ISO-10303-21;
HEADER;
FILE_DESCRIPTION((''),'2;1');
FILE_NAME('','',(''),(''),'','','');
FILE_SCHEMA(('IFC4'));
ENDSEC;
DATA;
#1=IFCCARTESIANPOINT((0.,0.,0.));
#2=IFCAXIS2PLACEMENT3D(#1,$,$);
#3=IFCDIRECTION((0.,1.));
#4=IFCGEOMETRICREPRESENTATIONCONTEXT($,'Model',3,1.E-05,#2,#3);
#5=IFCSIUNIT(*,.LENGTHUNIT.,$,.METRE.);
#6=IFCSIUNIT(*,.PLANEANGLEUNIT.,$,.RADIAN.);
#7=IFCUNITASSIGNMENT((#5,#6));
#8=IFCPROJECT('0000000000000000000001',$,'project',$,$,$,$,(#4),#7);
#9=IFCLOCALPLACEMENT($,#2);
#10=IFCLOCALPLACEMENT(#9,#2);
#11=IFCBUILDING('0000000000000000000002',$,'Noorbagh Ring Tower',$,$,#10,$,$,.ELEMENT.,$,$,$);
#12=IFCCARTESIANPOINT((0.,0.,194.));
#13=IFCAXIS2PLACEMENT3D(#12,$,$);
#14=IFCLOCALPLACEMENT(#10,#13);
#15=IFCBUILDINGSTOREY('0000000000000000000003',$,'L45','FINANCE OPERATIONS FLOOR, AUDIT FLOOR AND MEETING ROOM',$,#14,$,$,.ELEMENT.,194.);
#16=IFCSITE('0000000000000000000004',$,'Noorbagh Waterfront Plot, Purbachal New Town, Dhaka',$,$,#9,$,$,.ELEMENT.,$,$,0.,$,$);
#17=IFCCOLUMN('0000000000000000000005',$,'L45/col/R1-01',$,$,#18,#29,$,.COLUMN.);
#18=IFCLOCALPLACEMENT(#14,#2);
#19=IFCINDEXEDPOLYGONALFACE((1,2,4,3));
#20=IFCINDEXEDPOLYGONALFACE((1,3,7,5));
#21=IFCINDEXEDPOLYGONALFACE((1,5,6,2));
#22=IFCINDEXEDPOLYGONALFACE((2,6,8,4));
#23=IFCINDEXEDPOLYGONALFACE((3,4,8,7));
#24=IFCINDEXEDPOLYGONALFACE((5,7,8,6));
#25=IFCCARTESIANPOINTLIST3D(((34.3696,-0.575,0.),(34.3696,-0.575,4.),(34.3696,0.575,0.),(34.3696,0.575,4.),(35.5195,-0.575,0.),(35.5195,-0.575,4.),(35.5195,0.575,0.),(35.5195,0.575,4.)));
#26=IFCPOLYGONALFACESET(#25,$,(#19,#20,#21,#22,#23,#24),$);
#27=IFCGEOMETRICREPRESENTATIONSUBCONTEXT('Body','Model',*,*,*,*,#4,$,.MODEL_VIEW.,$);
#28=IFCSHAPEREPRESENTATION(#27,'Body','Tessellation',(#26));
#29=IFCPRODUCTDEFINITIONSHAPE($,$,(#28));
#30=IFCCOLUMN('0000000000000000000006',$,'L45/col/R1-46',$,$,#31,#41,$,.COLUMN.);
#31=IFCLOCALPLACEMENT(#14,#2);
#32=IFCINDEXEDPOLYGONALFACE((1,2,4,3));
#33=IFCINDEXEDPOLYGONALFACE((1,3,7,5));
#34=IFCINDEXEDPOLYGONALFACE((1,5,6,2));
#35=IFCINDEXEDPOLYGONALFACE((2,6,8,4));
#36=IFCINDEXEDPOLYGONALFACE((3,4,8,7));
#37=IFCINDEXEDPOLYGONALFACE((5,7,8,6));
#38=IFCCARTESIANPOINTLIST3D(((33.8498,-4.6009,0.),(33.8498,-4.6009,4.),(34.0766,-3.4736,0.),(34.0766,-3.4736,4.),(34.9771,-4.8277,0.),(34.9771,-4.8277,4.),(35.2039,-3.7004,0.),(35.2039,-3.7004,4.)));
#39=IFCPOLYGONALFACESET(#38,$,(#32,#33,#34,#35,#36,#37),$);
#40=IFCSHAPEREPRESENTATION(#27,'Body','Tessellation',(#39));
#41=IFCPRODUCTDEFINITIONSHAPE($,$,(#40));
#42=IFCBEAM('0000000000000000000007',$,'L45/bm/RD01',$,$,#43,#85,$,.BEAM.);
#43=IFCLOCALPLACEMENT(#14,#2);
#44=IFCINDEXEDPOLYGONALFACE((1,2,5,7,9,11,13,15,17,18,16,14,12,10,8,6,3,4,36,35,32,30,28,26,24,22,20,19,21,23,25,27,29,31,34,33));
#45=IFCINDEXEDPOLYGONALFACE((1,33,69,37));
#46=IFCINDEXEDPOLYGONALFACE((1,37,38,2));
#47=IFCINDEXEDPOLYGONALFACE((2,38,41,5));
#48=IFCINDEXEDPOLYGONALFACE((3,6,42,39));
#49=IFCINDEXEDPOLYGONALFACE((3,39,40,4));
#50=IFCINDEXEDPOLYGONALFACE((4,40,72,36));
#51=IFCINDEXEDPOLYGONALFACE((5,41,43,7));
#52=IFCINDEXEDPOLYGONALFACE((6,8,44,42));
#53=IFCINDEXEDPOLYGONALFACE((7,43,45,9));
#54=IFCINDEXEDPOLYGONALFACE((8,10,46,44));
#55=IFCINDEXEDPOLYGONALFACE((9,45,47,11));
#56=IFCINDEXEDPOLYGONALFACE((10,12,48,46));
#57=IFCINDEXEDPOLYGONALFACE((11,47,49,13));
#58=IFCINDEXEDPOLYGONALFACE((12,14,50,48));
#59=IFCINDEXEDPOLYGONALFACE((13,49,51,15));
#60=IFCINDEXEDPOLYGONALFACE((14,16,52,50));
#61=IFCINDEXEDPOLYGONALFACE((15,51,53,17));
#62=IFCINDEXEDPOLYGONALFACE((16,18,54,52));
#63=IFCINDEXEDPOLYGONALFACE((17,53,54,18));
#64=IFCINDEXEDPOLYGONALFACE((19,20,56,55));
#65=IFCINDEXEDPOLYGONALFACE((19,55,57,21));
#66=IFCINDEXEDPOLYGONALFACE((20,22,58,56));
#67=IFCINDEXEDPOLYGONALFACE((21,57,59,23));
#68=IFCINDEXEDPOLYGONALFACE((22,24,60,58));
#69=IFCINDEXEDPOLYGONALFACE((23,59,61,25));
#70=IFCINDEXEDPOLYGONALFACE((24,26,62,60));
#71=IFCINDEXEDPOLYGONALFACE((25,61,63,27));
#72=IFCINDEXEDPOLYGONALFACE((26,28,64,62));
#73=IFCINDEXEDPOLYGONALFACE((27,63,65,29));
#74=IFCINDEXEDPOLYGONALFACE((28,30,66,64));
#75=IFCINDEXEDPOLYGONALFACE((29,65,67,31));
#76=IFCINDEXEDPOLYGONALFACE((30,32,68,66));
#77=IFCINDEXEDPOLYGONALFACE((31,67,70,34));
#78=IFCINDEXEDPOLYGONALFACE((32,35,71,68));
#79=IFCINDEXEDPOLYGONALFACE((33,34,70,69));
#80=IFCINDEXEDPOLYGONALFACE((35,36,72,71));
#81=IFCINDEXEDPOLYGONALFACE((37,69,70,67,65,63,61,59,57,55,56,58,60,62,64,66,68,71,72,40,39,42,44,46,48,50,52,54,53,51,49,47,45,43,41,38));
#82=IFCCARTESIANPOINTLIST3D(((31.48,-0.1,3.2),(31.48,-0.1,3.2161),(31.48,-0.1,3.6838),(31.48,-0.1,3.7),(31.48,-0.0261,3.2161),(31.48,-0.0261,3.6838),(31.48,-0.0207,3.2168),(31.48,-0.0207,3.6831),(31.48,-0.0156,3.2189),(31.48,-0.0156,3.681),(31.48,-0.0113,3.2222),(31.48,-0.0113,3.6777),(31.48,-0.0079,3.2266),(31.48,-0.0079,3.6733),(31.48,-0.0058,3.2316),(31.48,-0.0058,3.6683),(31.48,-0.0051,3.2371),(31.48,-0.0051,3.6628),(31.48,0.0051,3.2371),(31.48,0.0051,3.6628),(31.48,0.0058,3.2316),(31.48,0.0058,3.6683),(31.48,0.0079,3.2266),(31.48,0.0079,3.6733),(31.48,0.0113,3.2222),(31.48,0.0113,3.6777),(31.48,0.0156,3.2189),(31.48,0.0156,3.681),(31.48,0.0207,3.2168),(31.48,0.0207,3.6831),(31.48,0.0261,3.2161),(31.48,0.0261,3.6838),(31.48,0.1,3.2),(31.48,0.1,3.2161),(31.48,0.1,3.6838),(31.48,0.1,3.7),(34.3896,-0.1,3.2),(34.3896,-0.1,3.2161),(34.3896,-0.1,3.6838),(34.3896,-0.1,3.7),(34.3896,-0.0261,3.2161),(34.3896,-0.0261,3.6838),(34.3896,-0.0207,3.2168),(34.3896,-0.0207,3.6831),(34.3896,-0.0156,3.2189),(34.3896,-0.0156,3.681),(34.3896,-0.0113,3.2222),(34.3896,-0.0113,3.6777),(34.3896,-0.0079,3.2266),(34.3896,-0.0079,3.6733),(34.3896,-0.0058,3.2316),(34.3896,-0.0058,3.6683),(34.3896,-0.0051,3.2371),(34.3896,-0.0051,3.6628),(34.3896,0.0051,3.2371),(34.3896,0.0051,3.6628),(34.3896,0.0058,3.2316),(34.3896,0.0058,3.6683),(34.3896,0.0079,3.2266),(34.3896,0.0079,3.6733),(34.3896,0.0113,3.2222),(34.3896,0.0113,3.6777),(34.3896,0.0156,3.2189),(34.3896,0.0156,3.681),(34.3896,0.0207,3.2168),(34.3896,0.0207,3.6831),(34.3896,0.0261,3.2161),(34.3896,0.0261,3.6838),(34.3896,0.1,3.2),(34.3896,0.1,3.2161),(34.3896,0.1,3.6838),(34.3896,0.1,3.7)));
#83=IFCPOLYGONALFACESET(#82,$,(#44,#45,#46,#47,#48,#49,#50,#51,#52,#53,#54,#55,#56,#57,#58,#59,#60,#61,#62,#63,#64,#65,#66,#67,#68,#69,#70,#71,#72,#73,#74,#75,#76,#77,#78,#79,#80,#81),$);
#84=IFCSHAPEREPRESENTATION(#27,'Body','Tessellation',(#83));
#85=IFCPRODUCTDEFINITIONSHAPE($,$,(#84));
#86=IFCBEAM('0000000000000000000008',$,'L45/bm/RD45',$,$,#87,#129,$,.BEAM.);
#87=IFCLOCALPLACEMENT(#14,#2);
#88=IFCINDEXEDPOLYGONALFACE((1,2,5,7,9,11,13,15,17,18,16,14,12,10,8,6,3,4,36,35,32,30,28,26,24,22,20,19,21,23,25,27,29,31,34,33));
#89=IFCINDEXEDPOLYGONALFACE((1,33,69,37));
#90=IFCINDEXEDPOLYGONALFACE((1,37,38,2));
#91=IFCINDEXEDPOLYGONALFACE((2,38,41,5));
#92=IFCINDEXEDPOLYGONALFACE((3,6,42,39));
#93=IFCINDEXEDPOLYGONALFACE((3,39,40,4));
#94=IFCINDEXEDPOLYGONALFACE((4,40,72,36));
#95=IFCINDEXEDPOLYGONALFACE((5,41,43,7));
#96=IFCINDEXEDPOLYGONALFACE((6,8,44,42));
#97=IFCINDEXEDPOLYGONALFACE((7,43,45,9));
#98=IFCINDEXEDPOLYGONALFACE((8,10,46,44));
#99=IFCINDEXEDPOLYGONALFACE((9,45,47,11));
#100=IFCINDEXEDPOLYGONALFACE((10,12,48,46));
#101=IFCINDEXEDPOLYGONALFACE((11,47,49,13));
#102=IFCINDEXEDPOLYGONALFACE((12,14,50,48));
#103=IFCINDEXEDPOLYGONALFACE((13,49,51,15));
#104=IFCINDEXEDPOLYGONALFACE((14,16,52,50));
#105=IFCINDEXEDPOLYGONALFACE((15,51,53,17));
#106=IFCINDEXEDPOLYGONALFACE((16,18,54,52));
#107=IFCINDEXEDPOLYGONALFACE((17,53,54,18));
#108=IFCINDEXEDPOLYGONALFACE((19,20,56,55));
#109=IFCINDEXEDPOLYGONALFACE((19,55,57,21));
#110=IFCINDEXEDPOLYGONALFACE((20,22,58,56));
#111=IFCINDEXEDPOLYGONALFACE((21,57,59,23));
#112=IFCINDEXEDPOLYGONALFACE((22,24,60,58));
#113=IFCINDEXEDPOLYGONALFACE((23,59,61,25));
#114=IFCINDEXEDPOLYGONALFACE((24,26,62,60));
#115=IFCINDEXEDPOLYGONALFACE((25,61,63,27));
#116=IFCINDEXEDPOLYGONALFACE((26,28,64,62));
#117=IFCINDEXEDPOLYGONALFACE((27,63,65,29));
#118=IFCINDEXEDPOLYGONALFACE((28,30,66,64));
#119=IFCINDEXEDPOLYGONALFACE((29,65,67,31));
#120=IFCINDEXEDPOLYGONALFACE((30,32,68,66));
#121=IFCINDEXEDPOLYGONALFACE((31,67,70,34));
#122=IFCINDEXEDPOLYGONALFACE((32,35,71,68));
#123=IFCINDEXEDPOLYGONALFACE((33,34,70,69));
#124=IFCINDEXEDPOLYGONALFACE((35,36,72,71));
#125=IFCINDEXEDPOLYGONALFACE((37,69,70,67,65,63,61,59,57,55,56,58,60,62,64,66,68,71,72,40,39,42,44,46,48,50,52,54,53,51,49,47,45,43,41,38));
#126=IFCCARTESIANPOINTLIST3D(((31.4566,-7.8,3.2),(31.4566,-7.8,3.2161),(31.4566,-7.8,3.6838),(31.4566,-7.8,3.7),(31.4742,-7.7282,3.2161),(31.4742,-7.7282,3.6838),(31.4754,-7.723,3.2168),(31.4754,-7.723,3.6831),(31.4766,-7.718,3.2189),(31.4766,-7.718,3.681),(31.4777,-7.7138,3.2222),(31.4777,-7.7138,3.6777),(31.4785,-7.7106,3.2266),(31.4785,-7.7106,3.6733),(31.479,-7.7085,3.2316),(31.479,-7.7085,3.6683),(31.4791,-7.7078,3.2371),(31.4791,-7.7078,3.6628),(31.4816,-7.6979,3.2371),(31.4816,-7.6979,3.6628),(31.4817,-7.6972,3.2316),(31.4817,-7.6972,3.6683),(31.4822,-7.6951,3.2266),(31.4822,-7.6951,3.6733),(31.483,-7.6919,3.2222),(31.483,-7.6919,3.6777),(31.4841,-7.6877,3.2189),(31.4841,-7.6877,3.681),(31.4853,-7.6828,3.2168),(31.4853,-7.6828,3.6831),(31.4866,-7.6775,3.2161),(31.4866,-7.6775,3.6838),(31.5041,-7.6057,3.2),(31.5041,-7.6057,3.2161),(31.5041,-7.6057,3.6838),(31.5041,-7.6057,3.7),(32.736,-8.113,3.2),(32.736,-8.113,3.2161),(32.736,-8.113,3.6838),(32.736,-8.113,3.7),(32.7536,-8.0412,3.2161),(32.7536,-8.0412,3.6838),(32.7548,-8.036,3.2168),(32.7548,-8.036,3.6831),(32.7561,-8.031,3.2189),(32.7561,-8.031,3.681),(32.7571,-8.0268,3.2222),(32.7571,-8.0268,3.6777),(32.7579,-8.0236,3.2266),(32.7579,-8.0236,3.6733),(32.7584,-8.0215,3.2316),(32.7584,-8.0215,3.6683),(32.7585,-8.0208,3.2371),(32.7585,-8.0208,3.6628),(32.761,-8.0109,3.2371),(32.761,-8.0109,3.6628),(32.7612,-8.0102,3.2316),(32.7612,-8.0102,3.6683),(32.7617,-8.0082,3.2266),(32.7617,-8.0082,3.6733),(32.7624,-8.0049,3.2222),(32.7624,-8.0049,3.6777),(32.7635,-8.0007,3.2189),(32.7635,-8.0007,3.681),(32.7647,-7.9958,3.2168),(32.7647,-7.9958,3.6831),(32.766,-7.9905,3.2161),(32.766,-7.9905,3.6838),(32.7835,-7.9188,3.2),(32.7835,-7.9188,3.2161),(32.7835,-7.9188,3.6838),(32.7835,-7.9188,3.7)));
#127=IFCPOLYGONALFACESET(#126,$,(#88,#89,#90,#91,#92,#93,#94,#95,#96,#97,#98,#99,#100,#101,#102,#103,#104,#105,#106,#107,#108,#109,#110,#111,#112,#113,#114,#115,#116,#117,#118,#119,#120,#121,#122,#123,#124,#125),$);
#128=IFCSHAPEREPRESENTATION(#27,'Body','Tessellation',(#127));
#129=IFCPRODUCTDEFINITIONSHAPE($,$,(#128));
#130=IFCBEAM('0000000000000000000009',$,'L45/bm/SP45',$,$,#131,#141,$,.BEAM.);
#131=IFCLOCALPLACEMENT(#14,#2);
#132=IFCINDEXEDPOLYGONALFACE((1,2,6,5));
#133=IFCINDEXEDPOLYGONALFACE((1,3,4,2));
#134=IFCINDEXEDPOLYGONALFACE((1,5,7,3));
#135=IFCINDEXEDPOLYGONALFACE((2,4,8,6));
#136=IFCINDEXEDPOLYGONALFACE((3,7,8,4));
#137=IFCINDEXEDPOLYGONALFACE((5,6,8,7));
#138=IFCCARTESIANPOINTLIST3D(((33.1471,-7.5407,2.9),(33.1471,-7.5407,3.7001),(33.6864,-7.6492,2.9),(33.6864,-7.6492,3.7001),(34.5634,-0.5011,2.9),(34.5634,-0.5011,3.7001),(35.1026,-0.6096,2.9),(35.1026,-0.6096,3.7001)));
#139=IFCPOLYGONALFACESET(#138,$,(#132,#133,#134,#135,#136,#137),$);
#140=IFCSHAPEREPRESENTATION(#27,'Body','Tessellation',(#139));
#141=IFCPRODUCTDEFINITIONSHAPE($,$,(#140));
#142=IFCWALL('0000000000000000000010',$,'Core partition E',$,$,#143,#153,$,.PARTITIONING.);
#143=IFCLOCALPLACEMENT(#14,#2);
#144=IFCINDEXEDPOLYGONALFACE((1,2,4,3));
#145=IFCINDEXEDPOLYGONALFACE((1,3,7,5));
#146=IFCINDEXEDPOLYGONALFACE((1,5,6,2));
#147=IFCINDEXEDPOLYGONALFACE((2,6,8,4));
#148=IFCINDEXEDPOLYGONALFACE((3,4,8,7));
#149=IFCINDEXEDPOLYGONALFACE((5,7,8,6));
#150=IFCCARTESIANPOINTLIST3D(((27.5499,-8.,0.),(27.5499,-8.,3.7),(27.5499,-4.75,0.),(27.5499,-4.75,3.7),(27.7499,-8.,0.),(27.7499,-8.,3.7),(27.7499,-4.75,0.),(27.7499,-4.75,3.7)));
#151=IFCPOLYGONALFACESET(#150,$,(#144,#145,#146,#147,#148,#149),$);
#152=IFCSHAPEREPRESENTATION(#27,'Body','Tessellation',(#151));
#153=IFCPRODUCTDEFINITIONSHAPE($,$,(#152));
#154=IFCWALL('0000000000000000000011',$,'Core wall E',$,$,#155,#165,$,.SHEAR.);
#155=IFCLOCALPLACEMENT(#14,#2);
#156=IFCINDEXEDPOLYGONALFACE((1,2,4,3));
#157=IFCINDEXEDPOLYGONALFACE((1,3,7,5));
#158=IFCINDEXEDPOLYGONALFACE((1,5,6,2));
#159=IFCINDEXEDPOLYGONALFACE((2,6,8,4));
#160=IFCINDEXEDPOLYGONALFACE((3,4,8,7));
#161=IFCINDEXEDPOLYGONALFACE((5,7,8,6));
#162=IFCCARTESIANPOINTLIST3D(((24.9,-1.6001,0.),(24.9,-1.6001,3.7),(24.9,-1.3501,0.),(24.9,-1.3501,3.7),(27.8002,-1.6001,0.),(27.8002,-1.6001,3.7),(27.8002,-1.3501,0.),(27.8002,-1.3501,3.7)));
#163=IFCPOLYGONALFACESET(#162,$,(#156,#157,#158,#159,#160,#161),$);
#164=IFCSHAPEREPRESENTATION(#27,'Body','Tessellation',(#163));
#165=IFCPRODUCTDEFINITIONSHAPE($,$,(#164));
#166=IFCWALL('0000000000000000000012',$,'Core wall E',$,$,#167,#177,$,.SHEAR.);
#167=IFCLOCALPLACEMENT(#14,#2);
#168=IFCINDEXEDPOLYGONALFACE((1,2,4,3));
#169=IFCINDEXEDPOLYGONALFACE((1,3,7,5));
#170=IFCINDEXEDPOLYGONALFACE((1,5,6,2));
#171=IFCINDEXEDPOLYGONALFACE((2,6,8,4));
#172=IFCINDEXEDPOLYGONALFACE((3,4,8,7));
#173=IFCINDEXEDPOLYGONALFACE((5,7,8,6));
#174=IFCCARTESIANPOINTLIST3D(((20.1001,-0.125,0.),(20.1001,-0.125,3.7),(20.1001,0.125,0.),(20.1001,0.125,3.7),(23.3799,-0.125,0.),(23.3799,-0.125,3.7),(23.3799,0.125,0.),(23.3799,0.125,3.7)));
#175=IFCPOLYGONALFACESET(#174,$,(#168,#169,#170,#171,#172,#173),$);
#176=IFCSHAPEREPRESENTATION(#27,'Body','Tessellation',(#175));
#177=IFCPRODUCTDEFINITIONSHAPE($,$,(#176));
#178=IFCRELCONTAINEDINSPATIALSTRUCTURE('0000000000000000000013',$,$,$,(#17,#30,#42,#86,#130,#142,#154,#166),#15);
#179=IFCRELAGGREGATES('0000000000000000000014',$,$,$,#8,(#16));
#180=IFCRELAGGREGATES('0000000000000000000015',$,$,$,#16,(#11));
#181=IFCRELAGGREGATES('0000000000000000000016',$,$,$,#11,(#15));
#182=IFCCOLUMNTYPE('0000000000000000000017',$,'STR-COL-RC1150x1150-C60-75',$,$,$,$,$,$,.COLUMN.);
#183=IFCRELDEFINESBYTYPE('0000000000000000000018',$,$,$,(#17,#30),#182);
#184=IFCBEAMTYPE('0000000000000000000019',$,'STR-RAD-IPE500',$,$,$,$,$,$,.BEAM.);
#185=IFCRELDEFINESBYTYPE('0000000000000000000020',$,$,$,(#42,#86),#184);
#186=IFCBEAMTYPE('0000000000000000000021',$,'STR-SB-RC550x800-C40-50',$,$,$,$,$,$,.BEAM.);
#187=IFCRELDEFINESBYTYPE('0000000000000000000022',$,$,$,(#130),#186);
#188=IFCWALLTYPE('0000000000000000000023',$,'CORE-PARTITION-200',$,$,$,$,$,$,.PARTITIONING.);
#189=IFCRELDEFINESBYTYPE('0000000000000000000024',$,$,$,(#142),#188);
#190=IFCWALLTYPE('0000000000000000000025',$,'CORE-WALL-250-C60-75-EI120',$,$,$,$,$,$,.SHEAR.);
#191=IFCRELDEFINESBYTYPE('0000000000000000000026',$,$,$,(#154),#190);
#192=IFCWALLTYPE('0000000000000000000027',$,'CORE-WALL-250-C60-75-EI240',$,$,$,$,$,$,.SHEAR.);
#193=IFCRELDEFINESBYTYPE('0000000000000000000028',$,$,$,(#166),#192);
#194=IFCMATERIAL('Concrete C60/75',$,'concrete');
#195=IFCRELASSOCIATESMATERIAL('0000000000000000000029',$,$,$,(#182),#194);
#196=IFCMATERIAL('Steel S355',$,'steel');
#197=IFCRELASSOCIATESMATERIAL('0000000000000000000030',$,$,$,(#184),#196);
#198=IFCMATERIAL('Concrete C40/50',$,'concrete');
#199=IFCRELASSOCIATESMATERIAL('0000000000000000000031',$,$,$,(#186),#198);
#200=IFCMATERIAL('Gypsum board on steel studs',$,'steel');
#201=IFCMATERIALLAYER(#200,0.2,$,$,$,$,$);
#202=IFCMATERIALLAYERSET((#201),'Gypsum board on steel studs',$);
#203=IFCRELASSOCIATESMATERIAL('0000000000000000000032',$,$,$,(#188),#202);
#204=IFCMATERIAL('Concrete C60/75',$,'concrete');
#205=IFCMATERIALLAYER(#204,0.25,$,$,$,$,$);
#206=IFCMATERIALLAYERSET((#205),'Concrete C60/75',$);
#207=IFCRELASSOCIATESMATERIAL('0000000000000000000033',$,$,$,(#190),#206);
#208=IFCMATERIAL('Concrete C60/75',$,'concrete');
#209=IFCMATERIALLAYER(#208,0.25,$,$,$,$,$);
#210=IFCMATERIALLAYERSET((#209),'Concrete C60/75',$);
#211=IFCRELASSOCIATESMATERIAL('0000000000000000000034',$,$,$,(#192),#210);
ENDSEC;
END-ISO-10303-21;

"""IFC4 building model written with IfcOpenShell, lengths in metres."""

from ifc_helpers import new_model, si_unit, direction, frame, frame_2d, origin, origin_2d, place, context, subcontext, project, spatial, rectangle, i_section, extrude, material, layer, layer_set, material_profile, profile_set, type_object, element, save


model = new_model("IFC4")

# Units and contexts
model_context = context("Model", 3, precision=1e-05, world=origin(), true_north=direction((0.0, 1.0)))
body_context = subcontext(model_context, "Body", "Model", "MODEL_VIEW")
ifc_project = project(units=[si_unit("LENGTHUNIT", "METRE"), si_unit("PLANEANGLEUNIT", "RADIAN")], contexts=[model_context])

# Site, building, storey
site_placement = place(None, origin())
site = spatial("IfcSite", under=ifc_project, at=site_placement, Name="Noorbagh Waterfront Plot, Purbachal New Town, Dhaka", CompositionType="ELEMENT", RefElevation=0.0)
building_placement = place(site_placement, origin())
building = spatial("IfcBuilding", under=site, at=building_placement, Name="Noorbagh Ring Tower", CompositionType="ELEMENT")
storey_placement = place(building_placement, frame((0.0, 0.0, 194.0)))
storey = spatial("IfcBuildingStorey", under=building, at=storey_placement, Name="L45", Description="FINANCE OPERATIONS FLOOR, AUDIT FLOOR AND MEETING ROOM", CompositionType="ELEMENT", Elevation=194.0)

# Columns
ifc_material_1 = material(Name="Concrete C60/75", Category="concrete")
ifc_material_profile_1 = material_profile(ifc_material_1, rectangle(XDim=1.1499, YDim=1.1499, at=origin_2d()), Name="RC1150x1150")
ifc_profile_set_1 = profile_set([ifc_material_profile_1], Name="Concrete C60/75")
column_type = type_object("IfcColumnType", Name="STR-COL-RC1150x1150-C60-75", PredefinedType="COLUMN", material=ifc_profile_set_1)
for number, where, z_axis, x_axis, name in (
    (1, (34.9446, 0.0, 0.0), (0.0, 0.0, 1.0), (0.0, 1.0, 0.0), "L45/col/R1-01"),
    (2, (34.5269, -4.1506, 0.0), (0.0, 0.0, 1.0), (0.19723, 0.980357, 0.0), "L45/col/R1-46"),
):
    element("IfcColumn", number, at=place(storey_placement, frame(where, z_axis=z_axis, x_axis=x_axis)), inside=storey, type_object=column_type, Name=name, PredefinedType="COLUMN", context=body_context, shape_type="SweptSolid", body=[
        extrude(rectangle(XDim=1.1499, YDim=1.1499, at=origin_2d()), origin(), (0.0, 0.0, 1.0), 4.0),
    ])

# Beams
ifc_material_2 = material(Name="Steel S355", Category="steel")
ifc_material_profile_2 = material_profile(ifc_material_2, i_section(OverallWidth=0.2, OverallDepth=0.5, WebThickness=0.0103, FlangeThickness=0.0161, FilletRadius=0.021, at=origin_2d()), Name="IPE500")
ifc_profile_set_2 = profile_set([ifc_material_profile_2], Name="Steel S355")
beam_type_1 = type_object("IfcBeamType", Name="STR-RAD-IPE500", PredefinedType="BEAM", material=ifc_profile_set_2)
beam_1_placement = place(storey_placement, frame((34.3896, 0.0, 3.45), z_axis=(-1.0, 0.0, 0.0), x_axis=(0.0, -1.0, 0.0)))
element("IfcBeam", 3, at=beam_1_placement, inside=storey, type_object=beam_type_1, Name="L45/bm/RD01", PredefinedType="BEAM", context=body_context, shape_type="SweptSolid", body=[
    extrude(i_section(OverallWidth=0.2, OverallDepth=0.5, WebThickness=0.0103, FlangeThickness=0.0161, FilletRadius=0.021, at=origin_2d()), origin(), (0.0, 0.0, 1.0), 2.9097),
])
beam_2_placement = place(storey_placement, frame((32.7598, -8.0159, 3.45), z_axis=(-0.971351, 0.237647, 0.0), x_axis=(-0.237647, -0.971351, 0.0)))
element("IfcBeam", 4, at=beam_2_placement, inside=storey, type_object=beam_type_1, Name="L45/bm/RD45", PredefinedType="BEAM", context=body_context, shape_type="SweptSolid", body=[
    extrude(i_section(OverallWidth=0.2, OverallDepth=0.5, WebThickness=0.0103, FlangeThickness=0.0161, FilletRadius=0.021, at=origin_2d()), origin(), (0.0, 0.0, 1.0), 1.3171),
])
ifc_material_3 = material(Name="Concrete C40/50", Category="concrete")
ifc_material_profile_3 = material_profile(ifc_material_3, rectangle(XDim=0.55, YDim=0.8, at=origin_2d()), Name="RC550x800")
ifc_profile_set_3 = profile_set([ifc_material_profile_3], Name="Concrete C40/50")
beam_type_2 = type_object("IfcBeamType", Name="STR-SB-RC550x800-C40-50", PredefinedType="BEAM", material=ifc_profile_set_3)
beam_3_placement = place(storey_placement, frame((33.4167, -7.595, 3.3), z_axis=(0.197234, 0.980356, 0.0), x_axis=(-0.980356, 0.197234, 0.0)))
element("IfcBeam", 5, at=beam_3_placement, inside=storey, type_object=beam_type_2, Name="L45/bm/SP45", PredefinedType="BEAM", context=body_context, shape_type="SweptSolid", body=[
    extrude(rectangle(XDim=0.55, YDim=0.8, at=origin_2d()), origin(), (0.0, 0.0, 1.0), 7.1807),
])

# Walls
ifc_material_4 = material(Name="Gypsum board on steel studs", Category="steel")
ifc_layer_1 = layer(ifc_material_4, 0.2)
ifc_layer_set_1 = layer_set([ifc_layer_1], Name="Gypsum board on steel studs")
wall_type_1 = type_object("IfcWallType", Name="CORE-PARTITION-200", PredefinedType="PARTITIONING", material=ifc_layer_set_1)
wall_1_placement = place(storey_placement, frame((27.6499, -8.0, 0.0), z_axis=(0.0, 0.0, 1.0), x_axis=(0.0, 1.0, 0.0)))
element("IfcWall", 6, at=wall_1_placement, inside=storey, type_object=wall_type_1, Name="Core partition E", PredefinedType="PARTITIONING", context=body_context, shape_type="SweptSolid", body=[
    extrude(rectangle(XDim=3.25, YDim=0.2, at=frame_2d((1.625, 0.0))), origin(), (0.0, 0.0, 1.0), 3.7),
])
ifc_material_5 = material(Name="Concrete C60/75", Category="concrete")
ifc_layer_2 = layer(ifc_material_5, 0.25)
ifc_layer_set_2 = layer_set([ifc_layer_2], Name="Concrete C60/75")
wall_type_2 = type_object("IfcWallType", Name="CORE-WALL-250-C60-75-EI120", PredefinedType="SHEAR", material=ifc_layer_set_2)
wall_2_placement = place(storey_placement, frame((24.8999, -1.4751, 0.0), z_axis=(0.0, 0.0, 1.0), x_axis=(1.0, 0.0, 0.0)))
element("IfcWall", 7, at=wall_2_placement, inside=storey, type_object=wall_type_2, Name="Core wall E", PredefinedType="SHEAR", context=body_context, shape_type="SweptSolid", body=[
    extrude(rectangle(XDim=2.9001, YDim=0.25, at=frame_2d((1.4502, 0.0))), origin(), (0.0, 0.0, 1.0), 3.7),
])
ifc_material_6 = material(Name="Concrete C60/75", Category="concrete")
ifc_layer_3 = layer(ifc_material_6, 0.25)
ifc_layer_set_3 = layer_set([ifc_layer_3], Name="Concrete C60/75")
wall_type_3 = type_object("IfcWallType", Name="CORE-WALL-250-C60-75-EI240", PredefinedType="SHEAR", material=ifc_layer_set_3)
wall_3_placement = place(storey_placement, frame((20.1001, 0.0, 0.0), z_axis=(0.0, 0.0, 1.0), x_axis=(1.0, 0.0, 0.0)))
element("IfcWall", 8, at=wall_3_placement, inside=storey, type_object=wall_type_3, Name="Core wall E", PredefinedType="SHEAR", context=body_context, shape_type="SweptSolid", body=[
    extrude(rectangle(XDim=3.2798, YDim=0.25, at=frame_2d((1.6399, 0.0))), origin(), (0.0, 0.0, 1.0), 3.7),
])

save(model, "model.ifc")
